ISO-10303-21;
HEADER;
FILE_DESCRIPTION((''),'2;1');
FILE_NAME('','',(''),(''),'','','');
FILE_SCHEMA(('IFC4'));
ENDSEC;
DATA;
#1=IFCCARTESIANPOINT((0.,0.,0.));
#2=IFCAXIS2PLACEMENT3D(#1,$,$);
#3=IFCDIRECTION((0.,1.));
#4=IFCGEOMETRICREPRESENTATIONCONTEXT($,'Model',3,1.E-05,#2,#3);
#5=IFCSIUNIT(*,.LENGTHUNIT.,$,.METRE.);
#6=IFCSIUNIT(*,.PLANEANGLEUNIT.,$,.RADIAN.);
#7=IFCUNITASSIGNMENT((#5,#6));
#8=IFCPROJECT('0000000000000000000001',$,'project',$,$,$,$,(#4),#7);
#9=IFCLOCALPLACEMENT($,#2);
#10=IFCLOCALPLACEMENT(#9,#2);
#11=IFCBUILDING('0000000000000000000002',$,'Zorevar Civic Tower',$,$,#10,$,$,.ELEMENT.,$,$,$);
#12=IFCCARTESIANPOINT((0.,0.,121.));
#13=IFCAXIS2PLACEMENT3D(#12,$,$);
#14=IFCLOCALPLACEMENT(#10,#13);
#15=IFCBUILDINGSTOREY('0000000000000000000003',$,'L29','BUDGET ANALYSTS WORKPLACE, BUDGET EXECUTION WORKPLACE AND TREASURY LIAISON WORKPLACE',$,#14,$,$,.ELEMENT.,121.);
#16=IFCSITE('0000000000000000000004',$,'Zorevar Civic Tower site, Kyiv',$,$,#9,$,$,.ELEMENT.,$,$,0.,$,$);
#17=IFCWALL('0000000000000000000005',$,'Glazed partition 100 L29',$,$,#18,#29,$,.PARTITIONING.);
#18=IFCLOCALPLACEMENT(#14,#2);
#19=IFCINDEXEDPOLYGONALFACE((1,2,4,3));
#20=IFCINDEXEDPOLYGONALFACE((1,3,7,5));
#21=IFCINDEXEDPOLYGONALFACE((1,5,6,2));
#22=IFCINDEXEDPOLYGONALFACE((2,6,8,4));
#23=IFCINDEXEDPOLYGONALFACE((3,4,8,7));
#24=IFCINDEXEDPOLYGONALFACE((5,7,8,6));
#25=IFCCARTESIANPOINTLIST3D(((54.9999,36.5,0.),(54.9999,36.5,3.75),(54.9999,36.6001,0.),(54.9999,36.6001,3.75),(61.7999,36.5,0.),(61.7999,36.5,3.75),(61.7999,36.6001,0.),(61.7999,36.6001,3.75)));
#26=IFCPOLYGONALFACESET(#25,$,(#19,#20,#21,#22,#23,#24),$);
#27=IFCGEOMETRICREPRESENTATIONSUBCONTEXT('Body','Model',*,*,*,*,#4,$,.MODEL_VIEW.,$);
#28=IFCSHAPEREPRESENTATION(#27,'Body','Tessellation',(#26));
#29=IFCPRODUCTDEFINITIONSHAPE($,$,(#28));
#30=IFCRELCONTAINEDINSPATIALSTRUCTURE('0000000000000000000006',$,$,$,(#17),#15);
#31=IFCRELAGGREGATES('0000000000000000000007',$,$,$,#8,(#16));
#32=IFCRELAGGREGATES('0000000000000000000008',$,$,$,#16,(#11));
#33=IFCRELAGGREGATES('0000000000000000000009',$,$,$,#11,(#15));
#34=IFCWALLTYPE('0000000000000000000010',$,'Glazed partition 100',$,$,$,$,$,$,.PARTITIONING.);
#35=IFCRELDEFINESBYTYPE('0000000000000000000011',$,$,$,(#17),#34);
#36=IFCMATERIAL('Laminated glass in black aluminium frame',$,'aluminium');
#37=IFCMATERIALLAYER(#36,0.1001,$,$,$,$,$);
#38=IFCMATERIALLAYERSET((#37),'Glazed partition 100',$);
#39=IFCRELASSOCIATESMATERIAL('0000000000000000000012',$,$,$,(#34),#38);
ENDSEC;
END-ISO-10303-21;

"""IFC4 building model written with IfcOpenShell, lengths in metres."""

from ifc_helpers import new_model, si_unit, direction, frame, frame_2d, origin, place, context, subcontext, project, spatial, rectangle, extrude, material, layer, layer_set, type_object, element, save


model = new_model("IFC4")

# Units and contexts
model_context = context("Model", 3, precision=1e-05, world=origin(), true_north=direction((0.0, 1.0)))
body_context = subcontext(model_context, "Body", "Model", "MODEL_VIEW")
ifc_project = project(units=[si_unit("LENGTHUNIT", "METRE"), si_unit("PLANEANGLEUNIT", "RADIAN")], contexts=[model_context])

# Site, building, storey
site_placement = place(None, origin())
site = spatial("IfcSite", under=ifc_project, at=site_placement, Name="Zorevar Civic Tower site, Kyiv", CompositionType="ELEMENT", RefElevation=0.0)
building_placement = place(site_placement, origin())
building = spatial("IfcBuilding", under=site, at=building_placement, Name="Zorevar Civic Tower", CompositionType="ELEMENT")
storey_placement = place(building_placement, frame((0.0, 0.0, 121.0)))
storey = spatial("IfcBuildingStorey", under=building, at=storey_placement, Name="L29", Description="BUDGET ANALYSTS WORKPLACE, BUDGET EXECUTION WORKPLACE AND TREASURY LIAISON WORKPLACE", CompositionType="ELEMENT", Elevation=121.0)

# Wall
ifc_material_1 = material(Name="Laminated glass in black aluminium frame", Category="aluminium")
ifc_layer_1 = layer(ifc_material_1, 0.1001)
ifc_layer_set_1 = layer_set([ifc_layer_1], Name="Glazed partition 100")
wall_type = type_object("IfcWallType", Name="Glazed partition 100", PredefinedType="PARTITIONING", material=ifc_layer_set_1)
wall_1_placement = place(storey_placement, frame((55.0, 36.55, 0.0), z_axis=(0.0, 0.0, 1.0), x_axis=(1.0, 0.0, 0.0)))
element("IfcWall", 1, at=wall_1_placement, inside=storey, type_object=wall_type, Name="Glazed partition 100 L29", PredefinedType="PARTITIONING", context=body_context, shape_type="SweptSolid", body=[
    extrude(rectangle(XDim=6.8, YDim=0.1001, at=frame_2d((3.3999, 0.0))), origin(), (0.0, 0.0, 1.0), 3.75),
])

save(model, "model.ifc")
